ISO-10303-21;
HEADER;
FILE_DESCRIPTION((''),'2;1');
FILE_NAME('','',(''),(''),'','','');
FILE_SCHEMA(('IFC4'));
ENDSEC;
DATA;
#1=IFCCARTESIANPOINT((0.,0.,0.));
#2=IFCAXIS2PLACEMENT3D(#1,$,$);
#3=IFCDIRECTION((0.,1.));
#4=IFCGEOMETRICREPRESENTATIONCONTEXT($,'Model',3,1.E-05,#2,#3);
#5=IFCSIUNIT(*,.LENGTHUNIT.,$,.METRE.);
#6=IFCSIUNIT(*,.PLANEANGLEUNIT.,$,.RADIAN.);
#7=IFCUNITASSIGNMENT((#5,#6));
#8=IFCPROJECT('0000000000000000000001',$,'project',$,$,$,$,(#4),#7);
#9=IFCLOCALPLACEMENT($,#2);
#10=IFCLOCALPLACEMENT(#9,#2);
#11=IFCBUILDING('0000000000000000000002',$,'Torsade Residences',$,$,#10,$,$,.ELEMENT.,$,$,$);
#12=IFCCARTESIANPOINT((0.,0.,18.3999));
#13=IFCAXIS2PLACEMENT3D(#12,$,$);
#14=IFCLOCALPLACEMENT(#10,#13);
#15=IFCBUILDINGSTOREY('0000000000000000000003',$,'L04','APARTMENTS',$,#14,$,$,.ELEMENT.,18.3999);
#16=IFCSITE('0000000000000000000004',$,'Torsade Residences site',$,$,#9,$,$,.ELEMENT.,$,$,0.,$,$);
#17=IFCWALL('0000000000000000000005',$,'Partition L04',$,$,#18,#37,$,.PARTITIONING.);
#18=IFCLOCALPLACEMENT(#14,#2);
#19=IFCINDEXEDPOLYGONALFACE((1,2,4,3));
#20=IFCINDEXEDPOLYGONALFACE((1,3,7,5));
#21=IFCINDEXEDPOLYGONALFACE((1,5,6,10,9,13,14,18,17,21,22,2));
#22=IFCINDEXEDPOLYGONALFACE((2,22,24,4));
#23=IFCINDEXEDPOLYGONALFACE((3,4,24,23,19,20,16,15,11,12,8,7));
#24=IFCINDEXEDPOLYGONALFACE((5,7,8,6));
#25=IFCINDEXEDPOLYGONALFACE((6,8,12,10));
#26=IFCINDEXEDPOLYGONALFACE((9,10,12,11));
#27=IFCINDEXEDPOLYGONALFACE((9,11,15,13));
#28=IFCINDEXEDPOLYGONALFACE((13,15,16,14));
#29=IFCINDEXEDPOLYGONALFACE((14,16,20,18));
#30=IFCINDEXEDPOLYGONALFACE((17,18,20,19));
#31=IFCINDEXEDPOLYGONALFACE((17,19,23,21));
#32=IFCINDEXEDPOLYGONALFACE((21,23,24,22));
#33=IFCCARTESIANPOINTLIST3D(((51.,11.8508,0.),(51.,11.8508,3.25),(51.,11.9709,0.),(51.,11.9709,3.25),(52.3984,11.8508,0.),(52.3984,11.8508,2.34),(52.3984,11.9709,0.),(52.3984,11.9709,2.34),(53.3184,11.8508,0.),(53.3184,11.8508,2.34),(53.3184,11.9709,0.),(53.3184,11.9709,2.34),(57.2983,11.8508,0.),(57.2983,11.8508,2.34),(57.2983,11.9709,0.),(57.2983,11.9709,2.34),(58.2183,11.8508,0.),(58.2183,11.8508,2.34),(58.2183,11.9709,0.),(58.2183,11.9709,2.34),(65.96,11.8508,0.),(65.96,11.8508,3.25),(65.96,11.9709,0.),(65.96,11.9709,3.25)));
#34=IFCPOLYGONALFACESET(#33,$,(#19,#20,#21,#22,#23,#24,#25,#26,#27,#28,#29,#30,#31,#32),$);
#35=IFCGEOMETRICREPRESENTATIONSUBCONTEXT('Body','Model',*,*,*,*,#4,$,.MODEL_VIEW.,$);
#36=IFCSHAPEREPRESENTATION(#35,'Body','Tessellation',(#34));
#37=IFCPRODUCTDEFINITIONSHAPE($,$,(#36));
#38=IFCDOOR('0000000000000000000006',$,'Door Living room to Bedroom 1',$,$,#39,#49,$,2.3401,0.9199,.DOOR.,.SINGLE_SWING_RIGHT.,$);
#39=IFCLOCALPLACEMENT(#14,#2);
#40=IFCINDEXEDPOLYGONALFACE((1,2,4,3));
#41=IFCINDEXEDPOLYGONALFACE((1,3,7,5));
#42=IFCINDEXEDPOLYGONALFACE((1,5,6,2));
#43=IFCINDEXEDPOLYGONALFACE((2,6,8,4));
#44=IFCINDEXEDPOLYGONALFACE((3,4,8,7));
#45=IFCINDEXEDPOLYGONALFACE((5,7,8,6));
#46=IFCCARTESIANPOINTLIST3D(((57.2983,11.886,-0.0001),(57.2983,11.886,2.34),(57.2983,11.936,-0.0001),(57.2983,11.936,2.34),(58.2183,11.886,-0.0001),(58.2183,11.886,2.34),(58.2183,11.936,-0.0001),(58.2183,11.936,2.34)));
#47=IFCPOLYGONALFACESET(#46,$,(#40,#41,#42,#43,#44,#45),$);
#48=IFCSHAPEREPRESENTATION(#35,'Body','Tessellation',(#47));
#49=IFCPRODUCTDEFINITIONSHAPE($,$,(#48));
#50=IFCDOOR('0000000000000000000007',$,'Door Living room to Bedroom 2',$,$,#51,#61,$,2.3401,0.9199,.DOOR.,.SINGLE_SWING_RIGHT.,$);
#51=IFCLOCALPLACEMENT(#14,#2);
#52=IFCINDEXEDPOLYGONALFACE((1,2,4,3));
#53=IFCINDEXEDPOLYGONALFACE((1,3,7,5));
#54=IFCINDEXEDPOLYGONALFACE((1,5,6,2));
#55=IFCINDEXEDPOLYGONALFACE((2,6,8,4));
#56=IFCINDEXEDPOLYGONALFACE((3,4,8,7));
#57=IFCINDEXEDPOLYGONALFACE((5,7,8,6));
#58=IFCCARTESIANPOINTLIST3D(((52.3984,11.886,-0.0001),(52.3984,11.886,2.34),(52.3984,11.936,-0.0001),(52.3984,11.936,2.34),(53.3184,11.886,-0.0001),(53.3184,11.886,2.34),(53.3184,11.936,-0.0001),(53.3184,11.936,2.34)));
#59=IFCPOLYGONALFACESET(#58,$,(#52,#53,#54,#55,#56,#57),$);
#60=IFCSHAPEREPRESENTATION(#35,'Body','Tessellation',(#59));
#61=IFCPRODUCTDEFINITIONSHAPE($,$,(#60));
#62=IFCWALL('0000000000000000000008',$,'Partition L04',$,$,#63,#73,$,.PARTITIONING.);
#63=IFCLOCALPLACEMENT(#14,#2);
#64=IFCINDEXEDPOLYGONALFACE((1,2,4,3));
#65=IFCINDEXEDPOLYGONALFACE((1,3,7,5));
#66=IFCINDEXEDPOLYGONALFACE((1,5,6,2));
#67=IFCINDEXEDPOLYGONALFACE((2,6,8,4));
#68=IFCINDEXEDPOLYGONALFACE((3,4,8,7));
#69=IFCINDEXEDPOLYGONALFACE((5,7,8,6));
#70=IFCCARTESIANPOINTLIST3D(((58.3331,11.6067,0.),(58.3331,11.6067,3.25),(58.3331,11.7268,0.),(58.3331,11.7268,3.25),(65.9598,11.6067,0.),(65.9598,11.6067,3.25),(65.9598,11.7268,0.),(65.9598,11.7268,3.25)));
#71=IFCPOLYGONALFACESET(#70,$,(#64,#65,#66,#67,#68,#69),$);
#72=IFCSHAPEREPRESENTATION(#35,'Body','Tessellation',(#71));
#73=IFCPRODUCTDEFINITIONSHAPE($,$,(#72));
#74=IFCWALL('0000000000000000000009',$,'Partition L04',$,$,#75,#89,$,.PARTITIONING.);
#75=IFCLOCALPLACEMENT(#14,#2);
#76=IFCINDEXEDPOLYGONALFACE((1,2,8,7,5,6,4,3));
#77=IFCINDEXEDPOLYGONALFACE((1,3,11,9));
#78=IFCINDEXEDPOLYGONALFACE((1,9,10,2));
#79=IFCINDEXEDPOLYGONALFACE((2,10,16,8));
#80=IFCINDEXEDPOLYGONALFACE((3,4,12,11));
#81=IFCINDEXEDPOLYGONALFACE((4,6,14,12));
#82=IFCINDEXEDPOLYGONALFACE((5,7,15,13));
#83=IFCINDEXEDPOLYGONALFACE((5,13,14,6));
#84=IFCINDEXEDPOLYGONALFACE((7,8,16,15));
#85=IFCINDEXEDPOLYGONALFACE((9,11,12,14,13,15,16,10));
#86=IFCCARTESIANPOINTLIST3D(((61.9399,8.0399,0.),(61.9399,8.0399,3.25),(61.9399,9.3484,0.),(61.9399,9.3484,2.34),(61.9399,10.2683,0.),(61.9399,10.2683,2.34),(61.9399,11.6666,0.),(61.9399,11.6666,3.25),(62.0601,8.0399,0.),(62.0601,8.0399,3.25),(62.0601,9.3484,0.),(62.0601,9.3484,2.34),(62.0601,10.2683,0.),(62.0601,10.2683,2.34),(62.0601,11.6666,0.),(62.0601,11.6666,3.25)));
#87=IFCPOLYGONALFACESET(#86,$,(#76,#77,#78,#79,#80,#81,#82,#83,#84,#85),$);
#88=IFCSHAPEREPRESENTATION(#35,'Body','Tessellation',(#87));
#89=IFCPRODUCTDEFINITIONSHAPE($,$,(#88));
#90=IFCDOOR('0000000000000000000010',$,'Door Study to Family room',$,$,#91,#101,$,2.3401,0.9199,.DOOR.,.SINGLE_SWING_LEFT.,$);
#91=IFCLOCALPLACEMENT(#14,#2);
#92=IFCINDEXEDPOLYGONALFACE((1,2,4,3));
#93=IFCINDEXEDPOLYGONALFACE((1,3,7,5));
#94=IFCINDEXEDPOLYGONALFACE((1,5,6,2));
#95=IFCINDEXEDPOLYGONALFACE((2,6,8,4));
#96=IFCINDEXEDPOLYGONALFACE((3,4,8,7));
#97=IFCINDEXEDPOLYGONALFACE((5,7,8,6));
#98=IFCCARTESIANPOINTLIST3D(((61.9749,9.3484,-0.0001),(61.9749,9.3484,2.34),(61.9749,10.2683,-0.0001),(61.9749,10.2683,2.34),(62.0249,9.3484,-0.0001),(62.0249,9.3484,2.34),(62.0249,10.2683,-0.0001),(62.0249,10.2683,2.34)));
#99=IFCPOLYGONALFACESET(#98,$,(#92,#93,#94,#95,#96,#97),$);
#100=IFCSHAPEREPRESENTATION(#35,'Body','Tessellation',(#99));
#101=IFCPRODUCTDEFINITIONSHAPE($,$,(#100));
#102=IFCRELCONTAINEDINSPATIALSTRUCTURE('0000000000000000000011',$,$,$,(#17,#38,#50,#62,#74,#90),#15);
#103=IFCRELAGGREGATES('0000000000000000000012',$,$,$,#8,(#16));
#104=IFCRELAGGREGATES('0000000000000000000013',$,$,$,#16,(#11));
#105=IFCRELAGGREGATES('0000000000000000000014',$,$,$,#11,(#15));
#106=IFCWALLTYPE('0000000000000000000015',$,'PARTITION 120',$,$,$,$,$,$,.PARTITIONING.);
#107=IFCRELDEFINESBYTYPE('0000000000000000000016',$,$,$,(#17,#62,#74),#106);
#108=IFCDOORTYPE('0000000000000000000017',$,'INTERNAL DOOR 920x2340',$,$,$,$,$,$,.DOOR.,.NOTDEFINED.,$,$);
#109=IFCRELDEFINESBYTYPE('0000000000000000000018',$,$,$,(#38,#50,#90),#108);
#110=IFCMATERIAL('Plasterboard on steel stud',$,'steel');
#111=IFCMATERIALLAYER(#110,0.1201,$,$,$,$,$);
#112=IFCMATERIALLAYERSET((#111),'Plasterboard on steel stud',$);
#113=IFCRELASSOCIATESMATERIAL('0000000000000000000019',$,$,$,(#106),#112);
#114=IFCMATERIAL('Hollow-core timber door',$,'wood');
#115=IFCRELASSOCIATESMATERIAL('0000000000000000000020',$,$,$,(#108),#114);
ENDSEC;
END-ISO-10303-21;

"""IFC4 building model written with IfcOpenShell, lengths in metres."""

from ifc_helpers import new_model, si_unit, direction, frame, frame_2d, origin, place, context, subcontext, project, spatial, rectangle, extrude, material, layer, layer_set, type_object, element, fill, save


model = new_model("IFC4")

# Units and contexts
model_context = context("Model", 3, precision=1e-05, world=origin(), true_north=direction((0.0, 1.0)))
body_context = subcontext(model_context, "Body", "Model", "MODEL_VIEW")
ifc_project = project(units=[si_unit("LENGTHUNIT", "METRE"), si_unit("PLANEANGLEUNIT", "RADIAN")], contexts=[model_context])

# Site, building, storey
site_placement = place(None, origin())
site = spatial("IfcSite", under=ifc_project, at=site_placement, Name="Torsade Residences site", CompositionType="ELEMENT", RefElevation=0.0)
building_placement = place(site_placement, origin())
building = spatial("IfcBuilding", under=site, at=building_placement, Name="Torsade Residences", CompositionType="ELEMENT")
storey_placement = place(building_placement, frame((0.0, 0.0, 18.3999)))
storey = spatial("IfcBuildingStorey", under=building, at=storey_placement, Name="L04", Description="APARTMENTS", CompositionType="ELEMENT", Elevation=18.3999)

# Wall, openings, doors
ifc_material_1 = material(Name="Plasterboard on steel stud", Category="steel")
ifc_layer_1 = layer(ifc_material_1, 0.1201)
ifc_layer_set_1 = layer_set([ifc_layer_1], Name="Plasterboard on steel stud")
wall_type = type_object("IfcWallType", Name="PARTITION 120", PredefinedType="PARTITIONING", material=ifc_layer_set_1)
wall_1_placement = place(storey_placement, frame((65.96, 11.9109, 0.0), z_axis=(0.0, 0.0, 1.0), x_axis=(-1.0, 0.0, 0.0)))
wall_1 = element("IfcWall", 1, at=wall_1_placement, inside=storey, type_object=wall_type, Name="Partition L04", PredefinedType="PARTITIONING", context=body_context, shape_type="SweptSolid", body=[
    extrude(rectangle(XDim=14.96, YDim=0.1201, at=frame_2d((7.48, 0.0))), origin(), (0.0, 0.0, 1.0), 3.25),
])
opening_1_placement = place(wall_1_placement, frame((7.7417, 0.0, 0.0)))
opening_1 = element("IfcOpeningElement", 2, at=opening_1_placement, cuts=wall_1, PredefinedType="OPENING", context=body_context, shape_type="SweptSolid", body=[
    extrude(rectangle(XDim=0.9199, YDim=2.3401, at=frame_2d((0.46, 1.1699))), frame((0.0, 0.0701, 0.0), z_axis=(0.0, -1.0, 0.0), x_axis=(1.0, 0.0, 0.0)), (0.0, 0.0, 1.0), 0.1401),
])
opening_2_placement = place(wall_1_placement, frame((12.6416, 0.0, 0.0)))
opening_2 = element("IfcOpeningElement", 3, at=opening_2_placement, cuts=wall_1, PredefinedType="OPENING", context=body_context, shape_type="SweptSolid", body=[
    extrude(rectangle(XDim=0.9199, YDim=2.3401, at=frame_2d((0.46, 1.1699))), frame((0.0, 0.0701, 0.0), z_axis=(0.0, -1.0, 0.0), x_axis=(1.0, 0.0, 0.0)), (0.0, 0.0, 1.0), 0.1401),
])
ifc_material_2 = material(Name="Hollow-core timber door", Category="wood")
door_type = type_object("IfcDoorType", Name="INTERNAL DOOR 920x2340", OperationType="NOTDEFINED", PredefinedType="DOOR", material=ifc_material_2)
door_1_placement = place(opening_1_placement, origin())
door_1 = element("IfcDoor", 4, at=door_1_placement, inside=storey, type_object=door_type, Name="Door Living room to Bedroom 1", OperationType="SINGLE_SWING_RIGHT", OverallHeight=2.3401, OverallWidth=0.9199, PredefinedType="DOOR", context=body_context, shape_type="SweptSolid", body=[
    extrude(rectangle(XDim=0.9199, YDim=2.3401, at=frame_2d((0.46, 1.1699))), frame((0.0, 0.0249, 0.0), z_axis=(0.0, -1.0, 0.0), x_axis=(1.0, 0.0, 0.0)), (0.0, 0.0, 1.0), 0.05),
])
fill(opening_1, door_1)
door_2_placement = place(opening_2_placement, origin())
door_2 = element("IfcDoor", 5, at=door_2_placement, inside=storey, type_object=door_type, Name="Door Living room to Bedroom 2", OperationType="SINGLE_SWING_RIGHT", OverallHeight=2.3401, OverallWidth=0.9199, PredefinedType="DOOR", context=body_context, shape_type="SweptSolid", body=[
    extrude(rectangle(XDim=0.9199, YDim=2.3401, at=frame_2d((0.46, 1.1699))), frame((0.0, 0.0249, 0.0), z_axis=(0.0, -1.0, 0.0), x_axis=(1.0, 0.0, 0.0)), (0.0, 0.0, 1.0), 0.05),
])
fill(opening_2, door_2)

# Wall
wall_2_placement = place(storey_placement, frame((65.96, 11.6667, 0.0), z_axis=(0.0, 0.0, 1.0), x_axis=(-1.0, 0.0, 0.0)))
element("IfcWall", 6, at=wall_2_placement, inside=storey, type_object=wall_type, Name="Partition L04", PredefinedType="PARTITIONING", context=body_context, shape_type="SweptSolid", body=[
    extrude(rectangle(XDim=7.6267, YDim=0.1201, at=frame_2d((3.8135, 0.0))), origin(), (0.0, 0.0, 1.0), 3.25),
])

# Wall, opening, door
wall_3_placement = place(storey_placement, frame((62.0, 11.6667, 0.0), z_axis=(0.0, 0.0, 1.0), x_axis=(0.0, -1.0, 0.0)))
wall_3 = element("IfcWall", 7, at=wall_3_placement, inside=storey, type_object=wall_type, Name="Partition L04", PredefinedType="PARTITIONING", context=body_context, shape_type="SweptSolid", body=[
    extrude(rectangle(XDim=3.6267, YDim=0.1201, at=frame_2d((1.8135, 0.0))), origin(), (0.0, 0.0, 1.0), 3.25),
])
opening_3_placement = place(wall_3_placement, frame((1.3984, 0.0, 0.0)))
opening_3 = element("IfcOpeningElement", 8, at=opening_3_placement, cuts=wall_3, PredefinedType="OPENING", context=body_context, shape_type="SweptSolid", body=[
    extrude(rectangle(XDim=0.9199, YDim=2.3401, at=frame_2d((0.46, 1.1699))), frame((0.0, 0.0701, 0.0), z_axis=(0.0, -1.0, 0.0), x_axis=(1.0, 0.0, 0.0)), (0.0, 0.0, 1.0), 0.1401),
])
door_3_placement = place(opening_3_placement, origin())
door_3 = element("IfcDoor", 9, at=door_3_placement, inside=storey, type_object=door_type, Name="Door Study to Family room", OperationType="SINGLE_SWING_LEFT", OverallHeight=2.3401, OverallWidth=0.9199, PredefinedType="DOOR", context=body_context, shape_type="SweptSolid", body=[
    extrude(rectangle(XDim=0.9199, YDim=2.3401, at=frame_2d((0.46, 1.1699))), frame((0.0, 0.0249, 0.0), z_axis=(0.0, -1.0, 0.0), x_axis=(1.0, 0.0, 0.0)), (0.0, 0.0, 1.0), 0.05),
])
fill(opening_3, door_3)

save(model, "model.ifc")
